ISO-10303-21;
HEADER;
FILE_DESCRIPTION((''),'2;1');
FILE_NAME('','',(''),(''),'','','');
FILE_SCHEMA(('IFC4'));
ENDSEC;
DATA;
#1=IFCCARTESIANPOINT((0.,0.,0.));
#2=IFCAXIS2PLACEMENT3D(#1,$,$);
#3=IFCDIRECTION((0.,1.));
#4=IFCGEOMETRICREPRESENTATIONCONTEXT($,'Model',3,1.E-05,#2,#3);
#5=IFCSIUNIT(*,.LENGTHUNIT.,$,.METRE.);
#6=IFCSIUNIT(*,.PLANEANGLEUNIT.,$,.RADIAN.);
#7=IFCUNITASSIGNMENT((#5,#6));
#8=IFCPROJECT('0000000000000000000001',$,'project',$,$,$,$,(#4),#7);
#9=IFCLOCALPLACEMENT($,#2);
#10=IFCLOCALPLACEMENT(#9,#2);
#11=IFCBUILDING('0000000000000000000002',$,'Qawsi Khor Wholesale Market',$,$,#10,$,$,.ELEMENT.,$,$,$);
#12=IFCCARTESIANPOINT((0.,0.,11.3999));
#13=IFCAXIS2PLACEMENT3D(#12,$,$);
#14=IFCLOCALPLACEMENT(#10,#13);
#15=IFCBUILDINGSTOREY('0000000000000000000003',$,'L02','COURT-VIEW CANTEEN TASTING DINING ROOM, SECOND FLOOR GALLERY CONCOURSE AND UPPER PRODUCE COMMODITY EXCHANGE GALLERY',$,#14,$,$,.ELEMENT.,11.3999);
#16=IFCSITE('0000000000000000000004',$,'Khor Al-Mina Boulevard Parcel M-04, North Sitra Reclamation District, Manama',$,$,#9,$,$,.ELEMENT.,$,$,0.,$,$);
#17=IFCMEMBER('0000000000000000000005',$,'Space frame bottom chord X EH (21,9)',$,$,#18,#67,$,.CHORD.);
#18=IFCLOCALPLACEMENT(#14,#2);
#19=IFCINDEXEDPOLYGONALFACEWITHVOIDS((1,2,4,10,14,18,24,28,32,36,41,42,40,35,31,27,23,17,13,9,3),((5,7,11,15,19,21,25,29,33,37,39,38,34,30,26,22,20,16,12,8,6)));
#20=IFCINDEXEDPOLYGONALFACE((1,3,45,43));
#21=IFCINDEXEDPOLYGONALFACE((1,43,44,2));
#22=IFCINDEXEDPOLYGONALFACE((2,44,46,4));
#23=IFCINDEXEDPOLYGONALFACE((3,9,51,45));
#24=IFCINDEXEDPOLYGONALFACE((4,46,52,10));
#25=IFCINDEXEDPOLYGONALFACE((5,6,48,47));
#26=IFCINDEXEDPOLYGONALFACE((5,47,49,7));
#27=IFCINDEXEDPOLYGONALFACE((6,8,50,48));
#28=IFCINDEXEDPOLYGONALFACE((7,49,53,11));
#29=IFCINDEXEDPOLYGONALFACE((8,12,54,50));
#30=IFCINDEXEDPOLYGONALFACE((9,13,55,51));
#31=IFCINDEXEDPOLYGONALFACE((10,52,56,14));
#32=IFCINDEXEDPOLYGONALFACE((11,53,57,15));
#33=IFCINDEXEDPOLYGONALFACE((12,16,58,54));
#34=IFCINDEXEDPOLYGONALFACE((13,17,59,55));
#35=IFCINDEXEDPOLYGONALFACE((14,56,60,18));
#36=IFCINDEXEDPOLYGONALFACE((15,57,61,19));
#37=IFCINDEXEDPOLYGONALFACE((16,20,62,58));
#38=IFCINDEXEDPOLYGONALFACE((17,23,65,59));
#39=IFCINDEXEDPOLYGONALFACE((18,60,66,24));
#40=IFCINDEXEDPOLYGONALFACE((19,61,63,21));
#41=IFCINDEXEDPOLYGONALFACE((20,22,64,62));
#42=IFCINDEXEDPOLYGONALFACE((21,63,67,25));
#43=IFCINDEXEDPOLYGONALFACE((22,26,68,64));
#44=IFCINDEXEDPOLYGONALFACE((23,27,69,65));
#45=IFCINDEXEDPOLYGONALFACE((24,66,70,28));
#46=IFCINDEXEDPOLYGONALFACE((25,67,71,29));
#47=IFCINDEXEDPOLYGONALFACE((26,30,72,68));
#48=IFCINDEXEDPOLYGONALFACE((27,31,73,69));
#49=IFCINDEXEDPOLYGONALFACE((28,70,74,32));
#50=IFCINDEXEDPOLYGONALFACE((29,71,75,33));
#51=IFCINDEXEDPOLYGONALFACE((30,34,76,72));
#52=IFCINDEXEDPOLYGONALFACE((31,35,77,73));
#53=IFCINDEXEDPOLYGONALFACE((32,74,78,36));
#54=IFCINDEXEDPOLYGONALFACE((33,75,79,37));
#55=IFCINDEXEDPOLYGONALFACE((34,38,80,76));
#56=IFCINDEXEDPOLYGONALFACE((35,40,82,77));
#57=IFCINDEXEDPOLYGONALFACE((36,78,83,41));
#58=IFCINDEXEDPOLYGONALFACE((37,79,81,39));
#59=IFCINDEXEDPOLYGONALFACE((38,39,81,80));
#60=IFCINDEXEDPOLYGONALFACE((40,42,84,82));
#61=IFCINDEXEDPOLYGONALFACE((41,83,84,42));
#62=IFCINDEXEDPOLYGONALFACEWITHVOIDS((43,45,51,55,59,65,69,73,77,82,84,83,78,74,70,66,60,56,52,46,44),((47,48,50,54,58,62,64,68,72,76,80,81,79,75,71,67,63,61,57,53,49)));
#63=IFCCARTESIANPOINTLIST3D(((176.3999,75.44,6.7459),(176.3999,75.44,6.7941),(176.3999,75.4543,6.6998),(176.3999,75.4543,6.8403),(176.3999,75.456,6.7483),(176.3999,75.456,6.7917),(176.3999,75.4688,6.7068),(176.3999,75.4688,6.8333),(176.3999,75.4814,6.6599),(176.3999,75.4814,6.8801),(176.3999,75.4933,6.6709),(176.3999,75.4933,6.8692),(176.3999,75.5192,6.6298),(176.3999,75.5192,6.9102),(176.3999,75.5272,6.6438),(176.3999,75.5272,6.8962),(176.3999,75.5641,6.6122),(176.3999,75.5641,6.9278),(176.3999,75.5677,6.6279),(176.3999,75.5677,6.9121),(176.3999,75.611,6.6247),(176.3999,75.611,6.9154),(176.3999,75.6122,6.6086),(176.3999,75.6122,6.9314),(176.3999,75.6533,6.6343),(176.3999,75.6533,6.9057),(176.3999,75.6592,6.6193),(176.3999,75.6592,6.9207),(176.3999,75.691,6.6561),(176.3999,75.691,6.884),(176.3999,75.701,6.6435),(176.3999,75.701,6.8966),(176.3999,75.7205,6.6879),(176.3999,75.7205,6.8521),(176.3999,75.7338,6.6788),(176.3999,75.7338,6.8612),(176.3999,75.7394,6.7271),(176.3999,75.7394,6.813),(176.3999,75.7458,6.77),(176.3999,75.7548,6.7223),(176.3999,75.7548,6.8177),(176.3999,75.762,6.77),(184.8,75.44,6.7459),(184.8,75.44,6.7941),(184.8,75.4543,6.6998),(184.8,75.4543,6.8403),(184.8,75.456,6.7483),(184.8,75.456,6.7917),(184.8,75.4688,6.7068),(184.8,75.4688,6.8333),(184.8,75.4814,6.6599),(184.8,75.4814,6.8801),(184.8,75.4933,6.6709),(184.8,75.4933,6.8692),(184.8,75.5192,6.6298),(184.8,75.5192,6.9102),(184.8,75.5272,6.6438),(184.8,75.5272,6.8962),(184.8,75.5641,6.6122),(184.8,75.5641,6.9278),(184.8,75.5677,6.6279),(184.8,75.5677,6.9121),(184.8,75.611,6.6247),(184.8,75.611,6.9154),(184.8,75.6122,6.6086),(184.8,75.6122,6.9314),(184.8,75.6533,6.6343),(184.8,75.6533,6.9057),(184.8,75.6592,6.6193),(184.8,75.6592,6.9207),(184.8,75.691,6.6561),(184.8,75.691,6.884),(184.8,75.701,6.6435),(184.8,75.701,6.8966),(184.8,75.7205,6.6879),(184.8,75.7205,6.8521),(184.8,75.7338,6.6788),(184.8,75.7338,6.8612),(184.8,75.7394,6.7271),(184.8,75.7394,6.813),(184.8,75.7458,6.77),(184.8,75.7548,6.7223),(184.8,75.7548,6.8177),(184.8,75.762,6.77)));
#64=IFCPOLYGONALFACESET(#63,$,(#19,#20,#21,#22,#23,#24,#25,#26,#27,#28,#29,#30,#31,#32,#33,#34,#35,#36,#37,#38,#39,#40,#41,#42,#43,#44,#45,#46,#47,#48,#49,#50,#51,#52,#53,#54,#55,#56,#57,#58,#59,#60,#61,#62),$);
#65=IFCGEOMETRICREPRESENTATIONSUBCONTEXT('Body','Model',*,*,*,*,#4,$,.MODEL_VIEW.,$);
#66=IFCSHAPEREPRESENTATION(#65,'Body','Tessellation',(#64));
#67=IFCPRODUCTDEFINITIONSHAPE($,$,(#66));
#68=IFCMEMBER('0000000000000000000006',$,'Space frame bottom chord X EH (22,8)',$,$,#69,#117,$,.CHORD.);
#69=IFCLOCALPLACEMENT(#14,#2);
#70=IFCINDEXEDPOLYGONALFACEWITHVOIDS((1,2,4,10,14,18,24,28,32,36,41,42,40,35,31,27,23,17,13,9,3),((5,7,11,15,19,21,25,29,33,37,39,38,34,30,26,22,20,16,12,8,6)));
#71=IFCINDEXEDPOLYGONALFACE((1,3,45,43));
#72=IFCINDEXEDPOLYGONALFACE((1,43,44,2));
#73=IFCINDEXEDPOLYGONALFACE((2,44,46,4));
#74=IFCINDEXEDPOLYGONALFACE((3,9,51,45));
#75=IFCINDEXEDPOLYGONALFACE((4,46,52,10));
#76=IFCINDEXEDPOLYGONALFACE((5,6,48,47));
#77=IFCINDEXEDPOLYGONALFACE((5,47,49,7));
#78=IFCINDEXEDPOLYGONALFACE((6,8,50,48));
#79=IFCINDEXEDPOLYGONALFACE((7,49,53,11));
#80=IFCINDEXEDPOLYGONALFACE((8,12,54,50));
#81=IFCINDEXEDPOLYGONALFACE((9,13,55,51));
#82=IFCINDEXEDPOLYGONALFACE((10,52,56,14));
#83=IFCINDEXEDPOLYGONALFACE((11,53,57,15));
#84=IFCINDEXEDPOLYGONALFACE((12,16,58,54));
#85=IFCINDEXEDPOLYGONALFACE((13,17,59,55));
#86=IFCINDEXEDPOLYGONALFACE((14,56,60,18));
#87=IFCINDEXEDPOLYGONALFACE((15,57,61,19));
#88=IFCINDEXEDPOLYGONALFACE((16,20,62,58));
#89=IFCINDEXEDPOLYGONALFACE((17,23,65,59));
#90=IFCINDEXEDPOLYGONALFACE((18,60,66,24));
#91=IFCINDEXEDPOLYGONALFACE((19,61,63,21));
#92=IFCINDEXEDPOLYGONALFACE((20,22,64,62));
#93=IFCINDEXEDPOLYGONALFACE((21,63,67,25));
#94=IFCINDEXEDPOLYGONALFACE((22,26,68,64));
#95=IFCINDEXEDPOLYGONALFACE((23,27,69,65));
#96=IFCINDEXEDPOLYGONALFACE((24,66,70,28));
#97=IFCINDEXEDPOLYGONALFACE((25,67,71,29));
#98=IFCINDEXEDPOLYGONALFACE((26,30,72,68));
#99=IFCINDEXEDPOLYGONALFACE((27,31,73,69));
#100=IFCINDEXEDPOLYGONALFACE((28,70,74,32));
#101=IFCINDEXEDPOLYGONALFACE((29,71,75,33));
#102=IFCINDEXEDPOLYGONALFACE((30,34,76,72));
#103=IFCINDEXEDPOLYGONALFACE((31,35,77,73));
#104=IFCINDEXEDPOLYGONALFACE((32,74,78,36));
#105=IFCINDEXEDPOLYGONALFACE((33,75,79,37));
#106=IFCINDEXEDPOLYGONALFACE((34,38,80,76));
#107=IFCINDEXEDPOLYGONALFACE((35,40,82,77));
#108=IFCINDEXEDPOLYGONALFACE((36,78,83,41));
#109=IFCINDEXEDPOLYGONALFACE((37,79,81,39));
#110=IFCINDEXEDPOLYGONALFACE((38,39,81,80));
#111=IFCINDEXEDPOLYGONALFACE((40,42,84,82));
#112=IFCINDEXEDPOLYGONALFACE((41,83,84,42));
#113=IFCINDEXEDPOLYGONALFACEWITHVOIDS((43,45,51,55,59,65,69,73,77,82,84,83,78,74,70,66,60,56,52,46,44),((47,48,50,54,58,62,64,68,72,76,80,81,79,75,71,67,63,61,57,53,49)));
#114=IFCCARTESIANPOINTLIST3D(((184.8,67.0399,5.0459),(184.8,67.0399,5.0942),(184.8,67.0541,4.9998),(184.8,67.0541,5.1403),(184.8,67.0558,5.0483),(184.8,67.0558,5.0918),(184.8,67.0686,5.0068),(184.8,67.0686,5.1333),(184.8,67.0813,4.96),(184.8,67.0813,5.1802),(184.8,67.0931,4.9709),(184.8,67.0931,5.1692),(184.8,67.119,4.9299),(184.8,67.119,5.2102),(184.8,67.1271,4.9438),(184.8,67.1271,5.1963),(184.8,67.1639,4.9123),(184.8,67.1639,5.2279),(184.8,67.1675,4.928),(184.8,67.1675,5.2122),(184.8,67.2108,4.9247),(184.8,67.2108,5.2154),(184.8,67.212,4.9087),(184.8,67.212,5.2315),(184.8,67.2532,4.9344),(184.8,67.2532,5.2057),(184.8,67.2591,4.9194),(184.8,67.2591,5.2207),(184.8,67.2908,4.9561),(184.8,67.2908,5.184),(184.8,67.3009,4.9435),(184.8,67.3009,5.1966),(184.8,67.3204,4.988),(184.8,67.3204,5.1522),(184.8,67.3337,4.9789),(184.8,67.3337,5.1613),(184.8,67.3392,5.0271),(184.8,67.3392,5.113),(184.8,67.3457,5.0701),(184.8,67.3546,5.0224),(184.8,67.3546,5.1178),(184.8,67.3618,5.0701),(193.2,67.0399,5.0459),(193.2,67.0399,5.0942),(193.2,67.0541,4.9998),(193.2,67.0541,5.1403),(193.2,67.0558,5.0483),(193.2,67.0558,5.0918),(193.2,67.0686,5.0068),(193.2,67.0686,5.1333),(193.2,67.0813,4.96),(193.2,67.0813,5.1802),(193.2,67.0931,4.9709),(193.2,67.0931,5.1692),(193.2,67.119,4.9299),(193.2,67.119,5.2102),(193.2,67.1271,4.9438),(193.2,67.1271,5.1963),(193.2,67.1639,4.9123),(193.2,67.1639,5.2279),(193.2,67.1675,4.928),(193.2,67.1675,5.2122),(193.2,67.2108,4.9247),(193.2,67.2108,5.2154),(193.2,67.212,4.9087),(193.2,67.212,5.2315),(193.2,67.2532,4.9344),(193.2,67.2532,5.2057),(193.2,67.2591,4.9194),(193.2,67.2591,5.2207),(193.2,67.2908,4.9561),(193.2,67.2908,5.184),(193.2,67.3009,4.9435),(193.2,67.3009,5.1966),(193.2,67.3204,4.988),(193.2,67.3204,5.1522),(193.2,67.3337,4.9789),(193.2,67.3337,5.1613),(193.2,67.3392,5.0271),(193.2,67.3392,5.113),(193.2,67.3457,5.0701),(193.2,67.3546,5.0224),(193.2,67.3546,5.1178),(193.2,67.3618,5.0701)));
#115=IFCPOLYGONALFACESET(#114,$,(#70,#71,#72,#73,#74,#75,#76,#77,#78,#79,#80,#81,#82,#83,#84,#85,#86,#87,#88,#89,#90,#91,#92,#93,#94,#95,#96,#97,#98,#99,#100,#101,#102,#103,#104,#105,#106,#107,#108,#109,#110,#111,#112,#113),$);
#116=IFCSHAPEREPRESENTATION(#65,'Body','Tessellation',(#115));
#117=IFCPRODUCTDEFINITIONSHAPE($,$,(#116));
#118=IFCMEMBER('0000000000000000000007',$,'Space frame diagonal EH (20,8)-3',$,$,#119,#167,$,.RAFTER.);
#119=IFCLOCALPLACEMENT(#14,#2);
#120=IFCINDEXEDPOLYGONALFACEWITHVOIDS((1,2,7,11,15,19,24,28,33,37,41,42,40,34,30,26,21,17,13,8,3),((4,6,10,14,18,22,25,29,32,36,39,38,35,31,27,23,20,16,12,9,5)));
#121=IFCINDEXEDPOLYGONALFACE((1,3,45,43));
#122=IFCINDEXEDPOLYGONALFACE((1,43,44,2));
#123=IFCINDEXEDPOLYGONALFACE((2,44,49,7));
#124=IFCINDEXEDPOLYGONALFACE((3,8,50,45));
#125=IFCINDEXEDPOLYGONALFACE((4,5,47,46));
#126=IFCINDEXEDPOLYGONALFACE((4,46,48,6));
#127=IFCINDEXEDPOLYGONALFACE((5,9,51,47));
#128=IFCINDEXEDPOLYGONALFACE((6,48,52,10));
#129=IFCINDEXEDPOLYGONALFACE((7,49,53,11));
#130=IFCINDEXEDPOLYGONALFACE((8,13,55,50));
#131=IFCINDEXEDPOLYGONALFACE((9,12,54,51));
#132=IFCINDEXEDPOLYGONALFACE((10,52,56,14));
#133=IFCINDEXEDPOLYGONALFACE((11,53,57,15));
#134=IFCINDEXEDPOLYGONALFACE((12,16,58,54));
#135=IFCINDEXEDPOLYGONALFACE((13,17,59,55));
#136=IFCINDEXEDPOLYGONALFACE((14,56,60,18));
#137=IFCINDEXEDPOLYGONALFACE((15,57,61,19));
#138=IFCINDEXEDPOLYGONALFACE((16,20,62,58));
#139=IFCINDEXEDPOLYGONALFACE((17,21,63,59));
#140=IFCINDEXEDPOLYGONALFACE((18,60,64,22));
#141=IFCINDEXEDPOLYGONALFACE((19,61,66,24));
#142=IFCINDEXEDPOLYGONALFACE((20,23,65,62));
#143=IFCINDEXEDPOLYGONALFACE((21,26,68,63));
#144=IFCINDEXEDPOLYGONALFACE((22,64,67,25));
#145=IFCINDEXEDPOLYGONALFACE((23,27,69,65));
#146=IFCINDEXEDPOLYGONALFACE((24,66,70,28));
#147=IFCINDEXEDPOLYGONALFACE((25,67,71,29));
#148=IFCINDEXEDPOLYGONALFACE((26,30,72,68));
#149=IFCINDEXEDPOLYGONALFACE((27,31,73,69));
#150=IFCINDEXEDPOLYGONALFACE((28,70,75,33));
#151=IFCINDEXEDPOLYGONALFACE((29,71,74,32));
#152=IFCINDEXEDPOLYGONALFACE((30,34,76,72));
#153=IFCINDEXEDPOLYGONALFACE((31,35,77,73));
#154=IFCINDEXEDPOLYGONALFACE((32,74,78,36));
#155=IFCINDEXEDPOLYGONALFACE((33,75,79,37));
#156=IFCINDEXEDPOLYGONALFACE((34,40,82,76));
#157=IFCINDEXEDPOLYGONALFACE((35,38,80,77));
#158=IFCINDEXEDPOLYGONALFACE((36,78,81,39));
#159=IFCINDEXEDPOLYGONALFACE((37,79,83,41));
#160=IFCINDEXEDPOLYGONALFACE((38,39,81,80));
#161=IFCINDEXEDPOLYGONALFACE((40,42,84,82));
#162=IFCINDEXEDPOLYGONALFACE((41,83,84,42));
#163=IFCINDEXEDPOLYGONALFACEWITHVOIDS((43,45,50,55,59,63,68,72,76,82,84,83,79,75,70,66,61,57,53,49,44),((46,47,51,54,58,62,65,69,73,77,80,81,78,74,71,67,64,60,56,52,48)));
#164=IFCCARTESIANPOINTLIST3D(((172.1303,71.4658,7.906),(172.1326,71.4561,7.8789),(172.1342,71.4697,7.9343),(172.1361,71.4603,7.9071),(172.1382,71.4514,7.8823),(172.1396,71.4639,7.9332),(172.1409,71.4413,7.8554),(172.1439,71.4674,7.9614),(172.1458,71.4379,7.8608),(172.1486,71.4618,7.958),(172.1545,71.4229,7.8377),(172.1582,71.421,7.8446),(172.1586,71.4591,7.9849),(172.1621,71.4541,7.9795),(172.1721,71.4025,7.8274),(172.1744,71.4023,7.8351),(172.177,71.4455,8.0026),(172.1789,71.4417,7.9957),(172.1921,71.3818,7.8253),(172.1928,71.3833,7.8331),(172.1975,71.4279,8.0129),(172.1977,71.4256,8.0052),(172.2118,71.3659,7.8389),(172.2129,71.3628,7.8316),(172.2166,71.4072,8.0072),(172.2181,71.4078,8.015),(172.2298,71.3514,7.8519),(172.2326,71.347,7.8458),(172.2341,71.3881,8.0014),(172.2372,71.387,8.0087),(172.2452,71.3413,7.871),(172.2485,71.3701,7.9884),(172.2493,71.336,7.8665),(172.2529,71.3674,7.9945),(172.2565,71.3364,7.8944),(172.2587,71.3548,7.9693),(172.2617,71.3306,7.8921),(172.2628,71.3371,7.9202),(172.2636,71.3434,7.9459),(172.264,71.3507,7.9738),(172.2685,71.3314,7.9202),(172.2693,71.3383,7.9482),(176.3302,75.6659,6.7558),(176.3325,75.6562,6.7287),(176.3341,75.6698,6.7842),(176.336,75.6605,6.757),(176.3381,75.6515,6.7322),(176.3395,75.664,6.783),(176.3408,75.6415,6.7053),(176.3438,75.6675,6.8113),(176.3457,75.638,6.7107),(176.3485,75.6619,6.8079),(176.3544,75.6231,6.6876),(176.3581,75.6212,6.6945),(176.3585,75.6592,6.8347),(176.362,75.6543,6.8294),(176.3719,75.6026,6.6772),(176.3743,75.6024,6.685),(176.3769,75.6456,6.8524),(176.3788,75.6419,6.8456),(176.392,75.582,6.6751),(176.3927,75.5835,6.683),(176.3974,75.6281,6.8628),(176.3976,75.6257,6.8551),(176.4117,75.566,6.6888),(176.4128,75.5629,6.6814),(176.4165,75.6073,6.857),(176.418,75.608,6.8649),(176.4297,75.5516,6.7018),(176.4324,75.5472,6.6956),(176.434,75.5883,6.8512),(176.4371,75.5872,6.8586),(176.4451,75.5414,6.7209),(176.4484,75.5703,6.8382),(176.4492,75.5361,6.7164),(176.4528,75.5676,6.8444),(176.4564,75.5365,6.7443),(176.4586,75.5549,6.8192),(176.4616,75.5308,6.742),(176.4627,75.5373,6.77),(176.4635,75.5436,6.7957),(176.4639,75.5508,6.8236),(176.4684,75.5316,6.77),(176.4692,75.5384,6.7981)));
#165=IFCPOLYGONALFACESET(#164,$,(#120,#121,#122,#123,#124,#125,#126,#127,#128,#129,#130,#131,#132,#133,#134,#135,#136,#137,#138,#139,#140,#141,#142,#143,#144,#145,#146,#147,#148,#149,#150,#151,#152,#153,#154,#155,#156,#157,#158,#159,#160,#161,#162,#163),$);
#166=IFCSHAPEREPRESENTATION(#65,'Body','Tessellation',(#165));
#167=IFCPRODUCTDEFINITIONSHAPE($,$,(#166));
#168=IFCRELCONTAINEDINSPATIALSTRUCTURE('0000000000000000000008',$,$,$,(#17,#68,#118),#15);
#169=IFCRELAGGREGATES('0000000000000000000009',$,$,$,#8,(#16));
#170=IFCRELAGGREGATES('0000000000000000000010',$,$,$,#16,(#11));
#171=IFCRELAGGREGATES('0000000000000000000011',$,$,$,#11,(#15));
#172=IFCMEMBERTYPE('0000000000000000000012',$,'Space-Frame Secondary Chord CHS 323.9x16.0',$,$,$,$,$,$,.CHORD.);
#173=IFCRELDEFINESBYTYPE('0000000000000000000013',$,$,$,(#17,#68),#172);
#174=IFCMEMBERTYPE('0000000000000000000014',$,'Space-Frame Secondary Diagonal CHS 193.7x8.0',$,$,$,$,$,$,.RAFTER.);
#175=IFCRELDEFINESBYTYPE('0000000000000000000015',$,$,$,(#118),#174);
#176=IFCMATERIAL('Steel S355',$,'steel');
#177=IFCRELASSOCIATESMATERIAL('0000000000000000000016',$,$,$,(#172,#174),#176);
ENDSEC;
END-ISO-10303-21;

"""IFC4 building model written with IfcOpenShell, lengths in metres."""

from ifc_helpers import new_model, si_unit, direction, frame, origin, origin_2d, place, context, subcontext, project, spatial, hollow_circle, extrude, material, material_profile, profile_set, type_object, element, save


model = new_model("IFC4")

# Units and contexts
model_context = context("Model", 3, precision=1e-05, world=origin(), true_north=direction((0.0, 1.0)))
body_context = subcontext(model_context, "Body", "Model", "MODEL_VIEW")
ifc_project = project(units=[si_unit("LENGTHUNIT", "METRE"), si_unit("PLANEANGLEUNIT", "RADIAN")], contexts=[model_context])

# Site, building, storey
site_placement = place(None, origin())
site = spatial("IfcSite", under=ifc_project, at=site_placement, Name="Khor Al-Mina Boulevard Parcel M-04, North Sitra Reclamation District, Manama", CompositionType="ELEMENT", RefElevation=0.0)
building_placement = place(site_placement, origin())
building = spatial("IfcBuilding", under=site, at=building_placement, Name="Qawsi Khor Wholesale Market", CompositionType="ELEMENT")
storey_placement = place(building_placement, frame((0.0, 0.0, 11.3999)))
storey = spatial("IfcBuildingStorey", under=building, at=storey_placement, Name="L02", Description="COURT-VIEW CANTEEN TASTING DINING ROOM, SECOND FLOOR GALLERY CONCOURSE AND UPPER PRODUCE COMMODITY EXCHANGE GALLERY", CompositionType="ELEMENT", Elevation=11.3999)

# Members
ifc_material_1 = material(Name="Steel S355", Category="steel")
ifc_material_profile_1 = material_profile(ifc_material_1, hollow_circle(Radius=0.1619, WallThickness=0.0161, at=origin_2d()), Name="CHS 323.9x16.0")
ifc_profile_set_1 = profile_set([ifc_material_profile_1], Name="Steel S355")
member_type_1 = type_object("IfcMemberType", Name="Space-Frame Secondary Chord CHS 323.9x16.0", PredefinedType="CHORD", material=ifc_profile_set_1)
member_1_placement = place(storey_placement, frame((176.3999, 75.6001, 6.77), z_axis=(1.0, 0.0, 0.0), x_axis=(0.0, 1.0, 0.0)))
element("IfcMember", 1, at=member_1_placement, inside=storey, type_object=member_type_1, Name="Space frame bottom chord X EH (21,9)", PredefinedType="CHORD", context=body_context, shape_type="SweptSolid", body=[
    extrude(hollow_circle(Radius=0.1619, WallThickness=0.0161, at=origin_2d()), origin(), (0.0, 0.0, 1.0), 8.4001),
])
member_2_placement = place(storey_placement, frame((184.8, 67.2, 5.0701), z_axis=(1.0, 0.0, 0.0), x_axis=(0.0, 1.0, 0.0)))
element("IfcMember", 2, at=member_2_placement, inside=storey, type_object=member_type_1, Name="Space frame bottom chord X EH (22,8)", PredefinedType="CHORD", context=body_context, shape_type="SweptSolid", body=[
    extrude(hollow_circle(Radius=0.1619, WallThickness=0.0161, at=origin_2d()), origin(), (0.0, 0.0, 1.0), 8.3999),
])
ifc_material_profile_2 = material_profile(ifc_material_1, hollow_circle(Radius=0.0969, WallThickness=0.0081, at=origin_2d()), Name="CHS 193.7x8.0")
ifc_profile_set_2 = profile_set([ifc_material_profile_2], Name="Steel S355")
member_type_2 = type_object("IfcMemberType", Name="Space-Frame Secondary Diagonal CHS 193.7x8.0", PredefinedType="RAFTER", material=ifc_profile_set_2)
for number, where, z_axis, x_axis, name in (
    (3, (176.3999, 75.6001, 6.77), (-0.694192, -0.694232, 0.190103), (0.707127, -0.707086, 0.0), "Space frame diagonal EH (20,8)-3"),
):
    element("IfcMember", number, at=place(storey_placement, frame(where, z_axis=z_axis, x_axis=x_axis)), inside=storey, type_object=member_type_2, Name=name, PredefinedType="RAFTER", context=body_context, shape_type="SweptSolid", body=[
        extrude(hollow_circle(Radius=0.0969, WallThickness=0.0081, at=origin_2d()), origin(), (0.0, 0.0, 1.0), 6.05),
    ])

save(model, "model.ifc")
